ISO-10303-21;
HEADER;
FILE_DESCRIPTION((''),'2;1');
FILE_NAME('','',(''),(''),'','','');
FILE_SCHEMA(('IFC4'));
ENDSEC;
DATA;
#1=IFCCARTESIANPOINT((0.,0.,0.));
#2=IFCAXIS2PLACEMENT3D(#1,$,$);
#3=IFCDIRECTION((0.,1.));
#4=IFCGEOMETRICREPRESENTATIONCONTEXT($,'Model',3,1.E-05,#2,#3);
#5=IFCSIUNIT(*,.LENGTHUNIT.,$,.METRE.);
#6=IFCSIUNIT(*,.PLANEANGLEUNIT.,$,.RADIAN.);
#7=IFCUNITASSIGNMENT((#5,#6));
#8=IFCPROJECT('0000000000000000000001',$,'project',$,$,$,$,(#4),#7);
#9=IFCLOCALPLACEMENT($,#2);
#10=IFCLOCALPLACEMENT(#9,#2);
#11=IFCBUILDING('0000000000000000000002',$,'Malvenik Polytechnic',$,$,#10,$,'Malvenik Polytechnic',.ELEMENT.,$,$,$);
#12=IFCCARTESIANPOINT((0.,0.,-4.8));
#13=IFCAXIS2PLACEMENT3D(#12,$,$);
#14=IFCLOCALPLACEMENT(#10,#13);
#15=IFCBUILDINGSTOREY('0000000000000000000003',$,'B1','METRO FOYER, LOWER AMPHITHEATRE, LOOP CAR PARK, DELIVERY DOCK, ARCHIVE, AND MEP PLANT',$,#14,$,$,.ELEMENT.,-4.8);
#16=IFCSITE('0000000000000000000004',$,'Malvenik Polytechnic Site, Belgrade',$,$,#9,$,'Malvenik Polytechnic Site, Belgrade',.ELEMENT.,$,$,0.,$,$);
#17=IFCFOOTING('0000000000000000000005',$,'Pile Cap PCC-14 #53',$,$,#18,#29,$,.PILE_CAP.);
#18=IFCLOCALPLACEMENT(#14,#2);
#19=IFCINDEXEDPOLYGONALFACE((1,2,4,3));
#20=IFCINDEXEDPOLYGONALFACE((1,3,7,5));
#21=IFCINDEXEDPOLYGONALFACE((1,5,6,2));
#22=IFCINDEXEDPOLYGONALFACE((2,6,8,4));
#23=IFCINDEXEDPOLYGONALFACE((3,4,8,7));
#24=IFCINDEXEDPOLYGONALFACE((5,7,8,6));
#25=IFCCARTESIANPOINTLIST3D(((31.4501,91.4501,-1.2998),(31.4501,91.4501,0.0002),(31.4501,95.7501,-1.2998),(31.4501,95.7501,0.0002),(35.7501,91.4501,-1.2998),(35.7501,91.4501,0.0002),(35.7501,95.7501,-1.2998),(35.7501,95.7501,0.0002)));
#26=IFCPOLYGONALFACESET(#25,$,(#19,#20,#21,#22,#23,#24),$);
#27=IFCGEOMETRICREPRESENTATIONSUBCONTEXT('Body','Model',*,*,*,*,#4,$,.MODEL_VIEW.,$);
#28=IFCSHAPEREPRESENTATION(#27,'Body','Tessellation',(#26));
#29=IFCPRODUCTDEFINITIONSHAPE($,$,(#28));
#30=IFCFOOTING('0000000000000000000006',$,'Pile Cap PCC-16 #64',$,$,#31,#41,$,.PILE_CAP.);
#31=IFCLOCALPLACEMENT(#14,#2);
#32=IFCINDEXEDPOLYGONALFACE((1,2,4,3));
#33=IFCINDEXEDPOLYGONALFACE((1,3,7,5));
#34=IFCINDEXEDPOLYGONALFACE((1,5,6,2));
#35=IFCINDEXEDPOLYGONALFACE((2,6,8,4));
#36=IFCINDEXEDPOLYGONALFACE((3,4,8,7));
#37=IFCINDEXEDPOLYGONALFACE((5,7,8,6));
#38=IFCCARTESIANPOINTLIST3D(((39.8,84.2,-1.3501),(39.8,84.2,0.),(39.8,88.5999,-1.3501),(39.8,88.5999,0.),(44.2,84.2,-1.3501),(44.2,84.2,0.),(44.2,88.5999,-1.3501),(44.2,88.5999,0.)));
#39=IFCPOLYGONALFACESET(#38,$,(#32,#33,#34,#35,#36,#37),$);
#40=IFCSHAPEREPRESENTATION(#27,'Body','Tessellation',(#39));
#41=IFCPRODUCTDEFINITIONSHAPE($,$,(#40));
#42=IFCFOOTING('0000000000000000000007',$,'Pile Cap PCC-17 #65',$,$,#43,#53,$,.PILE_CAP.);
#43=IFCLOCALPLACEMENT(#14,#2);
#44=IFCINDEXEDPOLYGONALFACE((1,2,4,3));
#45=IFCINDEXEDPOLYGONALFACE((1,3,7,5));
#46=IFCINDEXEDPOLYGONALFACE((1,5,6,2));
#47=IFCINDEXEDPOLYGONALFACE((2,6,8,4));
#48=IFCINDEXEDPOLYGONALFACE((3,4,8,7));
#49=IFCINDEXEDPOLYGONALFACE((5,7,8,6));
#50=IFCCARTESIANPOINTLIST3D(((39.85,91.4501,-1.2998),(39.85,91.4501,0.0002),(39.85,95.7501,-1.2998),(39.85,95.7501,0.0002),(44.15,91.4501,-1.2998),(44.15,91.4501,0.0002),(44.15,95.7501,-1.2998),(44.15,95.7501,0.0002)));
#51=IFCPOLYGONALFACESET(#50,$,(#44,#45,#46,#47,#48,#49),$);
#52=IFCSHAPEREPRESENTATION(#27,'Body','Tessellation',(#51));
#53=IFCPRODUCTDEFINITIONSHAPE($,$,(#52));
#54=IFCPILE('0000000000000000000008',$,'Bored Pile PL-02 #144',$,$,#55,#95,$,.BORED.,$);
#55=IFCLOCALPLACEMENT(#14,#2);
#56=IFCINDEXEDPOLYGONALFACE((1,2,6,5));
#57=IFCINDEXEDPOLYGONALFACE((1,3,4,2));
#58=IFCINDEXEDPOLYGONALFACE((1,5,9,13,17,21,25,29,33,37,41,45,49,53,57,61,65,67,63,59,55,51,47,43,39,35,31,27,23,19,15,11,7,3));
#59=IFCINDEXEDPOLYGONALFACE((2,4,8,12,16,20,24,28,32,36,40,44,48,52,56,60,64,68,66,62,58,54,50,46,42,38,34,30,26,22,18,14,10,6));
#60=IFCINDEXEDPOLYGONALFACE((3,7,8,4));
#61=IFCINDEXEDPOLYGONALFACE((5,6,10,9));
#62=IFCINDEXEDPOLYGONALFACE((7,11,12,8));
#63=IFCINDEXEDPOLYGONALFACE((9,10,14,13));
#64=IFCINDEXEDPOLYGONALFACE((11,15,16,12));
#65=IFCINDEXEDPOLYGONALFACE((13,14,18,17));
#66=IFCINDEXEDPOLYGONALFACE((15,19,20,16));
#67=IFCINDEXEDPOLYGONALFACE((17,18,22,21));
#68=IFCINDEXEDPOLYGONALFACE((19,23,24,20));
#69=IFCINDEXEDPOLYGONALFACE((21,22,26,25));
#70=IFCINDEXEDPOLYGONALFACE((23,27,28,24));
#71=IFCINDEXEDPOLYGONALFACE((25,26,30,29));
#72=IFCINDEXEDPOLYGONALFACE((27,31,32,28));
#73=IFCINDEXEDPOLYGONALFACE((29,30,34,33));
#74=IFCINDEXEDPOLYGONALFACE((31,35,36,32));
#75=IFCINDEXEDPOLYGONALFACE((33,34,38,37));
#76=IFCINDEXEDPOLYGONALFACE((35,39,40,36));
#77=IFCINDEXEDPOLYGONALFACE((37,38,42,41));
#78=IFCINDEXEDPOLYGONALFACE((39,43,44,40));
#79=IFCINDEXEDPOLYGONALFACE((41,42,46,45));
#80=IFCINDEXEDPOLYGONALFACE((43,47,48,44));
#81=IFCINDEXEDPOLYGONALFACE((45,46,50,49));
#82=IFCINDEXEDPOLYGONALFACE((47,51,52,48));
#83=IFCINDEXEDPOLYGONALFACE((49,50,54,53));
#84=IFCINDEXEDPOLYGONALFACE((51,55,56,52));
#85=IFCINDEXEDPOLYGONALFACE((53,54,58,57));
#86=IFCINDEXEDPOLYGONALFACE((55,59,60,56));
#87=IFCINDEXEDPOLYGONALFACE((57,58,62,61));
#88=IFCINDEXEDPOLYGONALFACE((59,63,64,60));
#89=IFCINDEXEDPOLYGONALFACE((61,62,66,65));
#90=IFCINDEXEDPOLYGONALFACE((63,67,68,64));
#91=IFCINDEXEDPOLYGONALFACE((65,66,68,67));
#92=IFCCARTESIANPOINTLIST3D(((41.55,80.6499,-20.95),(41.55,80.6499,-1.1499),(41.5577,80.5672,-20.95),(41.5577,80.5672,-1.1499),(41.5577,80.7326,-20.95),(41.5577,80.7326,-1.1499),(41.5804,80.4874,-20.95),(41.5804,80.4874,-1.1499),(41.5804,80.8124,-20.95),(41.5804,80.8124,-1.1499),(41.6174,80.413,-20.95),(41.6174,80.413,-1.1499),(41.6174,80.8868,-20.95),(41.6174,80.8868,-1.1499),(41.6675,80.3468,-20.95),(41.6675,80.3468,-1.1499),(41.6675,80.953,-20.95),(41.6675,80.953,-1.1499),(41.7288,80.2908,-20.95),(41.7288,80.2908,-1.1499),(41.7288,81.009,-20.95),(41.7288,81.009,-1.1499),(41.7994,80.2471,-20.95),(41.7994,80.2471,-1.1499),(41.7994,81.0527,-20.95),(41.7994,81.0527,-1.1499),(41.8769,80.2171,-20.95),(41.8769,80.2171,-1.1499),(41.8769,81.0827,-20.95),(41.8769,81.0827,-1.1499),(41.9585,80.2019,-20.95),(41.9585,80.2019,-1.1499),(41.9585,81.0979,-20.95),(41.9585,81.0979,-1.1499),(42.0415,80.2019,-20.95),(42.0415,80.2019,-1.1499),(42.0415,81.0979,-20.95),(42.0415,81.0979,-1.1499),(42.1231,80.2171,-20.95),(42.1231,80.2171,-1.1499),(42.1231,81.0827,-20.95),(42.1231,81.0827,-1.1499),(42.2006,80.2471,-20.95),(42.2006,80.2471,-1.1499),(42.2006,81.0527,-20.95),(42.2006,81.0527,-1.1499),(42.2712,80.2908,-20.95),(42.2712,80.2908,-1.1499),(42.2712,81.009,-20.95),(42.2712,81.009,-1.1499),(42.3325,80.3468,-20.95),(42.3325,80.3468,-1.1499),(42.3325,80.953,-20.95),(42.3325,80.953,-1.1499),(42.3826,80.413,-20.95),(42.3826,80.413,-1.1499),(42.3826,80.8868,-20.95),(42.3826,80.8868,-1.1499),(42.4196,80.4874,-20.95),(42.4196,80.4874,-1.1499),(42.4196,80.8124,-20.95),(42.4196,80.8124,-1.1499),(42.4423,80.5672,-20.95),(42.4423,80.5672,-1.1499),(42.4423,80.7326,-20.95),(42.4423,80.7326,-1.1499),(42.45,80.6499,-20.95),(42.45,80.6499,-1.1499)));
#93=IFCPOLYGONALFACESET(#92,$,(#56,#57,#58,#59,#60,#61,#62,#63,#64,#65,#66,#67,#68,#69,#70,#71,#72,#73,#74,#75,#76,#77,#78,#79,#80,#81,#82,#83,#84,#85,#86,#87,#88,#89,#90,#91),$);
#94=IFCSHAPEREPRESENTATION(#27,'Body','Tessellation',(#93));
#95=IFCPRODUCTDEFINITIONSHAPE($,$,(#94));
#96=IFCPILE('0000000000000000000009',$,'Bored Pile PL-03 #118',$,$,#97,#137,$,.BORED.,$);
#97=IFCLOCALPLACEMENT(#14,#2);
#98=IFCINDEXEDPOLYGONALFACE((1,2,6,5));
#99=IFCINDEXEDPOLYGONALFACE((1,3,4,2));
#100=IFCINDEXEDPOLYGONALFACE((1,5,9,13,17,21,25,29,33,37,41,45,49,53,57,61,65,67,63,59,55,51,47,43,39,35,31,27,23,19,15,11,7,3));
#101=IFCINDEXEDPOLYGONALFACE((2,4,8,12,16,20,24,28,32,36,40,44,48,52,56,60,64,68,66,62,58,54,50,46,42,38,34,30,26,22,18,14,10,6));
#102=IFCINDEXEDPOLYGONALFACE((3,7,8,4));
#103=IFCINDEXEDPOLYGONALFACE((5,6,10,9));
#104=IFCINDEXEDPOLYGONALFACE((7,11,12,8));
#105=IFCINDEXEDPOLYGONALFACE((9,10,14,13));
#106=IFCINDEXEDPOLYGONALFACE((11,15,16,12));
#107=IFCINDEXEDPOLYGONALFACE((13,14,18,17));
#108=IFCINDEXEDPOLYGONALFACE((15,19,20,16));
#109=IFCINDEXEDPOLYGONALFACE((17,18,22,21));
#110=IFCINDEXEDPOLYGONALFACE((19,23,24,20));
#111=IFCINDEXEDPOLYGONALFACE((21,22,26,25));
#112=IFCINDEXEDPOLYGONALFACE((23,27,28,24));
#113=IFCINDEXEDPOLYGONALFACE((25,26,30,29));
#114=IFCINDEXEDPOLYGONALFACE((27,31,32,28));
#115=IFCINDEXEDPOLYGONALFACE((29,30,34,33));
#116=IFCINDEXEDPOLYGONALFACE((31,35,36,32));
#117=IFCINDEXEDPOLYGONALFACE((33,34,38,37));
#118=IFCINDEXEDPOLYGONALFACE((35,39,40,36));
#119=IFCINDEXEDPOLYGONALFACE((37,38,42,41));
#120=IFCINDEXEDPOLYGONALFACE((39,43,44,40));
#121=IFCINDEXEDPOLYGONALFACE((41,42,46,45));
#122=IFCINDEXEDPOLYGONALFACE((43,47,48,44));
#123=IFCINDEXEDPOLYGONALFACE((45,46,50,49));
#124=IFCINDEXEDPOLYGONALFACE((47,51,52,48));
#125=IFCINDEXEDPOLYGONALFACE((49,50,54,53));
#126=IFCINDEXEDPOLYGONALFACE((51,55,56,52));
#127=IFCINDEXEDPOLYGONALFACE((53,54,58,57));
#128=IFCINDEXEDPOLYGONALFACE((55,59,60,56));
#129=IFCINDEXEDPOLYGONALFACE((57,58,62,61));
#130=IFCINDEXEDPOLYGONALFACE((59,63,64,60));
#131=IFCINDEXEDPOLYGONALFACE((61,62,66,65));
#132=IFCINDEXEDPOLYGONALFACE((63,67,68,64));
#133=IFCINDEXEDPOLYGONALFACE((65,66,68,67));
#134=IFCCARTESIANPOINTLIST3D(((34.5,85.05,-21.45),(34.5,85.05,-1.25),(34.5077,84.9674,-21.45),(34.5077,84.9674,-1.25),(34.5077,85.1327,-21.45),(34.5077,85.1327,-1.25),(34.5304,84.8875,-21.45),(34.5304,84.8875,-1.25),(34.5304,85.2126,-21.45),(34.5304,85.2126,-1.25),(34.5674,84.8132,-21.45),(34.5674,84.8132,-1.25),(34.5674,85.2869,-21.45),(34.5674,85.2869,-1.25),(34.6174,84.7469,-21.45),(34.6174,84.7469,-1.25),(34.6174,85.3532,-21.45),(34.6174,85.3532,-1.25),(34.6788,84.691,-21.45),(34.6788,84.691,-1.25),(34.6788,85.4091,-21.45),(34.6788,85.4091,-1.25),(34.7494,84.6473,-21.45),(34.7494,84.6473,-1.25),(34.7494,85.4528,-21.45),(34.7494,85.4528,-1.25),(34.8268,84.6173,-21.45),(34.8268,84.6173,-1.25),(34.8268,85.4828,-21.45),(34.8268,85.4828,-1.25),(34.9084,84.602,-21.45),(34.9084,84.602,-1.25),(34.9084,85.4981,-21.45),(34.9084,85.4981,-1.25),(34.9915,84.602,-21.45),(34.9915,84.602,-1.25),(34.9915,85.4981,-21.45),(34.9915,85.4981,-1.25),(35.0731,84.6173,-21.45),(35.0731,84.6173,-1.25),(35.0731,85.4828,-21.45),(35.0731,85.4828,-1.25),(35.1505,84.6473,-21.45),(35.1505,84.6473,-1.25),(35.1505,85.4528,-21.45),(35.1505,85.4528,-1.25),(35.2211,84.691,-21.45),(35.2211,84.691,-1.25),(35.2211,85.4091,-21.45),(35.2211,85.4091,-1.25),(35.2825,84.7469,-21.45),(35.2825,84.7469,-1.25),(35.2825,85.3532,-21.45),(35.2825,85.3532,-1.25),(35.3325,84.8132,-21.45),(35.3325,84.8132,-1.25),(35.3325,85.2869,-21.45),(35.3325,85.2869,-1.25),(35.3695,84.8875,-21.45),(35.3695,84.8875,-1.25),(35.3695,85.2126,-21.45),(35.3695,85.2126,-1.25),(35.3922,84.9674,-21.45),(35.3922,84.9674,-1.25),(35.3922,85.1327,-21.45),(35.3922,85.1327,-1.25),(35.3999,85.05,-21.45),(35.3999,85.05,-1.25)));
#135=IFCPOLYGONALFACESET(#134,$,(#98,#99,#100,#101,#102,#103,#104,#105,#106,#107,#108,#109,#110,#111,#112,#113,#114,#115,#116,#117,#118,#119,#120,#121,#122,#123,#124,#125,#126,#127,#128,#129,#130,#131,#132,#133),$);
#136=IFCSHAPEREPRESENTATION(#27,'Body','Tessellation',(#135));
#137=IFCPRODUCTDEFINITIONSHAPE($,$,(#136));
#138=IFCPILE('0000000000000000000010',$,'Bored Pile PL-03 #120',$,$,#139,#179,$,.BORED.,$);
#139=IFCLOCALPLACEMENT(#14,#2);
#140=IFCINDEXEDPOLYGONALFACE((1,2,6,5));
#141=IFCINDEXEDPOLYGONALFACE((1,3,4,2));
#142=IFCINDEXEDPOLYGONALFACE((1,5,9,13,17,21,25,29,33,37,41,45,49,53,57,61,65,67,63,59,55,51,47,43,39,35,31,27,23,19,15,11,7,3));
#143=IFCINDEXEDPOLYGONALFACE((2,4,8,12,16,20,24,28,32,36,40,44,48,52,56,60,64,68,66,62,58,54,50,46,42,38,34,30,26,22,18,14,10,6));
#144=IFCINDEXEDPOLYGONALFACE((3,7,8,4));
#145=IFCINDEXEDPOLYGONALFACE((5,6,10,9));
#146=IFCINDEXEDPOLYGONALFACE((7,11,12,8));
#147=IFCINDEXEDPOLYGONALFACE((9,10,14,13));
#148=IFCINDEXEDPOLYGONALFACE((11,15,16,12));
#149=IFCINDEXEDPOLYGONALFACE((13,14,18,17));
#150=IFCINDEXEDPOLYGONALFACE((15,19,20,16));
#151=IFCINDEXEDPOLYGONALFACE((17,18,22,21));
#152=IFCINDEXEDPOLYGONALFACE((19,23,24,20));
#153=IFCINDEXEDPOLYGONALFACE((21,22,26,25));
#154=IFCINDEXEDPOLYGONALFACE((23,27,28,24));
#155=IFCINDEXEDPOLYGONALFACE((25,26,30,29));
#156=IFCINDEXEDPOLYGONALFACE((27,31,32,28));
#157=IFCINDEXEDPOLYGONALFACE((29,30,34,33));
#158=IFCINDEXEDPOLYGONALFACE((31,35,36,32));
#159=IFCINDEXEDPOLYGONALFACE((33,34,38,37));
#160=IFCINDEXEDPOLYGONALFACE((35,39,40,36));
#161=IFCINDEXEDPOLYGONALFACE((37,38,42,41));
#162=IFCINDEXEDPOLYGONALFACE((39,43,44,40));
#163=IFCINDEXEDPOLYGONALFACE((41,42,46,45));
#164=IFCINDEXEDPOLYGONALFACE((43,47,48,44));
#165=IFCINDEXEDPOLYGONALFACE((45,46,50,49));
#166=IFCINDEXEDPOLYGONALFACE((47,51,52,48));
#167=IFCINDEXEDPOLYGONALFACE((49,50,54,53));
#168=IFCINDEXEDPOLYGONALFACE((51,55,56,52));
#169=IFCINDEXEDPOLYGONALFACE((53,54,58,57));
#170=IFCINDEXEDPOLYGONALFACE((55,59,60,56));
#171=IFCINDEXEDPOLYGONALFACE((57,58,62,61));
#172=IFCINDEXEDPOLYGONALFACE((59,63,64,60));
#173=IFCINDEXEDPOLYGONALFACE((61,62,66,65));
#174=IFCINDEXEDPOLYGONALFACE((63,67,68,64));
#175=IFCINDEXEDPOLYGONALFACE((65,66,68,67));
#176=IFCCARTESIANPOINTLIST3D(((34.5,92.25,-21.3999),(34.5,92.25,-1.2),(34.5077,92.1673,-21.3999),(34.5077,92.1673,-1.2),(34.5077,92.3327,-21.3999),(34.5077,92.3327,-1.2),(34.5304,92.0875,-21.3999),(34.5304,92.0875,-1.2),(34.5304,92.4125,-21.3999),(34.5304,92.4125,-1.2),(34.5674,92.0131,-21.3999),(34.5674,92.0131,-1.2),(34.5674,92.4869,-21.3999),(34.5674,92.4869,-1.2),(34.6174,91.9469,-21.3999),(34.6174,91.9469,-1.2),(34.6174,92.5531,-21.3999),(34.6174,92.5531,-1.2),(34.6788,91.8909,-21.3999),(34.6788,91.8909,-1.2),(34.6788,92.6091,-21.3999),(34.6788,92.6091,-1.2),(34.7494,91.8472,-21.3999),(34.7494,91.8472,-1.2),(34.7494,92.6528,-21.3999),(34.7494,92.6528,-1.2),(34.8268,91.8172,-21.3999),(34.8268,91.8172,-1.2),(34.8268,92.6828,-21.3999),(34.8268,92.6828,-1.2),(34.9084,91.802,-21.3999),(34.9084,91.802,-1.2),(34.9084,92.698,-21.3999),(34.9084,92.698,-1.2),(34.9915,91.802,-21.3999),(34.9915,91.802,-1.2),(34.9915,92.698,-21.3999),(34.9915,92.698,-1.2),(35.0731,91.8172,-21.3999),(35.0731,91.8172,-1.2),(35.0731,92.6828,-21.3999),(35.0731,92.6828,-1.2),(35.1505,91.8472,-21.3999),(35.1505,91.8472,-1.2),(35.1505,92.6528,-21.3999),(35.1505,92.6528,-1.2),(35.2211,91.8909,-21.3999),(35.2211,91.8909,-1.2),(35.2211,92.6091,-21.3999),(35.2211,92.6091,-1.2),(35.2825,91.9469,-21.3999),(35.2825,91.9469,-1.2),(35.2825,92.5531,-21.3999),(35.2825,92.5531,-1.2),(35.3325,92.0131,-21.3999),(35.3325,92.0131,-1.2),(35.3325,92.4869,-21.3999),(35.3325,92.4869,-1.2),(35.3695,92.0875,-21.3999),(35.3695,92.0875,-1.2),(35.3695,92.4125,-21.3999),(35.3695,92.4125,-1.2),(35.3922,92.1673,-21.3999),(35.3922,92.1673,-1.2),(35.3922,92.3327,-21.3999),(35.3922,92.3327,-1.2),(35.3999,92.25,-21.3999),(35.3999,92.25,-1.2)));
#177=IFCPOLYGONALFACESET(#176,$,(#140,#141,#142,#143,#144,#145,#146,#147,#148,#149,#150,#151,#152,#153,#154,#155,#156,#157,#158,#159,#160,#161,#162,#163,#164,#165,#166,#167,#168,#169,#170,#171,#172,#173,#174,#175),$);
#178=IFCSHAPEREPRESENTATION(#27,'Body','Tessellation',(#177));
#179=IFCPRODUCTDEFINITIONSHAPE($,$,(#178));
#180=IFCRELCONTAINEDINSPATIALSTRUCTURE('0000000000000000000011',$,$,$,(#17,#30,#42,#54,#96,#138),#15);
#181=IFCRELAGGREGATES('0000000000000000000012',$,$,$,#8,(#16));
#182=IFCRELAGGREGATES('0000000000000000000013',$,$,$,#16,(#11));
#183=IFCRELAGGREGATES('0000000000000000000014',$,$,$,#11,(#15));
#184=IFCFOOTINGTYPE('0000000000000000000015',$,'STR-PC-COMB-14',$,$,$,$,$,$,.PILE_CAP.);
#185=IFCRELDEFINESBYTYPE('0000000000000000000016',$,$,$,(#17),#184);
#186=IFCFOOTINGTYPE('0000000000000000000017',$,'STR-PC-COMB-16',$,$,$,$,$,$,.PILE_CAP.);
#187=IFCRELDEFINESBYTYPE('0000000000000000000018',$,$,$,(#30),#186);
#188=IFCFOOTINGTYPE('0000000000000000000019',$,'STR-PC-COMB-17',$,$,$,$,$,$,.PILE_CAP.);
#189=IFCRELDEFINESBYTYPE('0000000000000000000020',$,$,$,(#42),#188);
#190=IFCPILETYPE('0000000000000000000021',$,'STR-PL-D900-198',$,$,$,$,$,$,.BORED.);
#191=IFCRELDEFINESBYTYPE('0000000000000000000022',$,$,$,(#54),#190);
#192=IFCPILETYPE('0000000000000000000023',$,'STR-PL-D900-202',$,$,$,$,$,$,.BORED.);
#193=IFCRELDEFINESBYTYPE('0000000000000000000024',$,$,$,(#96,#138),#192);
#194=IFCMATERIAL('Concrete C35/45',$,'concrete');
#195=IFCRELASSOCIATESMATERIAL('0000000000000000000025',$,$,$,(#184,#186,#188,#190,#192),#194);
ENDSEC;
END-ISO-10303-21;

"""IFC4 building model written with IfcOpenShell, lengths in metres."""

from ifc_helpers import new_model, si_unit, direction, frame, origin, origin_2d, place, context, subcontext, project, spatial, rectangle, circle, extrude, material, material_profile, profile_set, type_object, element, save


model = new_model("IFC4")

# Units and contexts
model_context = context("Model", 3, precision=1e-05, world=origin(), true_north=direction((0.0, 1.0)))
body_context = subcontext(model_context, "Body", "Model", "MODEL_VIEW")
ifc_project = project(units=[si_unit("LENGTHUNIT", "METRE"), si_unit("PLANEANGLEUNIT", "RADIAN")], contexts=[model_context])

# Site, building, storey
site_placement = place(None, origin())
site = spatial("IfcSite", under=ifc_project, at=site_placement, Name="Malvenik Polytechnic Site, Belgrade", LongName="Malvenik Polytechnic Site, Belgrade", CompositionType="ELEMENT", RefElevation=0.0)
building_placement = place(site_placement, origin())
building = spatial("IfcBuilding", under=site, at=building_placement, Name="Malvenik Polytechnic", LongName="Malvenik Polytechnic", CompositionType="ELEMENT")
storey_placement = place(building_placement, frame((0.0, 0.0, -4.8)))
storey = spatial("IfcBuildingStorey", under=building, at=storey_placement, Name="B1", Description="METRO FOYER, LOWER AMPHITHEATRE, LOOP CAR PARK, DELIVERY DOCK, ARCHIVE, AND MEP PLANT", CompositionType="ELEMENT", Elevation=-4.8)

# Footings
ifc_material_1 = material(Name="Concrete C35/45", Category="concrete")
footing_type_1 = type_object("IfcFootingType", Name="STR-PC-COMB-14", PredefinedType="PILE_CAP", material=ifc_material_1)
footing_1_placement = place(storey_placement, frame((33.6001, 93.6001, -1.2998), z_axis=(0.0, 0.0, 1.0), x_axis=(1.0, 0.0, 0.0)))
element("IfcFooting", 1, at=footing_1_placement, inside=storey, type_object=footing_type_1, Name="Pile Cap PCC-14 #53", PredefinedType="PILE_CAP", context=body_context, shape_type="SweptSolid", body=[
    extrude(rectangle(XDim=4.3, YDim=4.3, at=origin_2d()), origin(), (0.0, 0.0, 1.0), 1.3),
])
footing_type_2 = type_object("IfcFootingType", Name="STR-PC-COMB-16", PredefinedType="PILE_CAP", material=ifc_material_1)
footing_2_placement = place(storey_placement, frame((42.0, 86.3999, -1.3501), z_axis=(0.0, 0.0, 1.0), x_axis=(1.0, 0.0, 0.0)))
element("IfcFooting", 2, at=footing_2_placement, inside=storey, type_object=footing_type_2, Name="Pile Cap PCC-16 #64", PredefinedType="PILE_CAP", context=body_context, shape_type="SweptSolid", body=[
    extrude(rectangle(XDim=4.3999, YDim=4.3999, at=origin_2d()), origin(), (0.0, 0.0, 1.0), 1.3501),
])
footing_type_3 = type_object("IfcFootingType", Name="STR-PC-COMB-17", PredefinedType="PILE_CAP", material=ifc_material_1)
footing_3_placement = place(storey_placement, frame((42.0, 93.6001, -1.2998), z_axis=(0.0, 0.0, 1.0), x_axis=(1.0, 0.0, 0.0)))
element("IfcFooting", 3, at=footing_3_placement, inside=storey, type_object=footing_type_3, Name="Pile Cap PCC-17 #65", PredefinedType="PILE_CAP", context=body_context, shape_type="SweptSolid", body=[
    extrude(rectangle(XDim=4.3, YDim=4.3, at=origin_2d()), origin(), (0.0, 0.0, 1.0), 1.3),
])

# Piles
ifc_material_profile_1 = material_profile(ifc_material_1, circle(Radius=0.45, at=origin_2d()), Name="BORED PILE D900")
ifc_profile_set_1 = profile_set([ifc_material_profile_1], Name="Concrete C35/45")
pile_type_1 = type_object("IfcPileType", Name="STR-PL-D900-198", PredefinedType="BORED", material=ifc_profile_set_1)
pile_placement = place(storey_placement, frame((42.0, 80.6499, -1.1499), z_axis=(0.0, 0.0, -1.0), x_axis=(1.0, 0.0, 0.0)))
element("IfcPile", 4, at=pile_placement, inside=storey, type_object=pile_type_1, Name="Bored Pile PL-02 #144", PredefinedType="BORED", context=body_context, shape_type="SweptSolid", body=[
    extrude(circle(Radius=0.45, at=origin_2d()), origin(), (0.0, 0.0, 1.0), 19.8),
])
ifc_material_profile_2 = material_profile(ifc_material_1, circle(Radius=0.45, at=origin_2d()), Name="BORED PILE D900")
ifc_profile_set_2 = profile_set([ifc_material_profile_2], Name="Concrete C35/45")
pile_type_2 = type_object("IfcPileType", Name="STR-PL-D900-202", PredefinedType="BORED", material=ifc_profile_set_2)
for number, where, z_axis, x_axis, name in (
    (5, (34.95, 85.05, -1.25), (0.0, 0.0, -1.0), (1.0, 0.0, 0.0), "Bored Pile PL-03 #118"),
    (6, (34.95, 92.25, -1.2), (0.0, 0.0, -1.0), (1.0, 0.0, 0.0), "Bored Pile PL-03 #120"),
):
    element("IfcPile", number, at=place(storey_placement, frame(where, z_axis=z_axis, x_axis=x_axis)), inside=storey, type_object=pile_type_2, Name=name, PredefinedType="BORED", context=body_context, shape_type="SweptSolid", body=[
        extrude(circle(Radius=0.45, at=origin_2d()), origin(), (0.0, 0.0, 1.0), 20.2),
    ])

save(model, "model.ifc")
